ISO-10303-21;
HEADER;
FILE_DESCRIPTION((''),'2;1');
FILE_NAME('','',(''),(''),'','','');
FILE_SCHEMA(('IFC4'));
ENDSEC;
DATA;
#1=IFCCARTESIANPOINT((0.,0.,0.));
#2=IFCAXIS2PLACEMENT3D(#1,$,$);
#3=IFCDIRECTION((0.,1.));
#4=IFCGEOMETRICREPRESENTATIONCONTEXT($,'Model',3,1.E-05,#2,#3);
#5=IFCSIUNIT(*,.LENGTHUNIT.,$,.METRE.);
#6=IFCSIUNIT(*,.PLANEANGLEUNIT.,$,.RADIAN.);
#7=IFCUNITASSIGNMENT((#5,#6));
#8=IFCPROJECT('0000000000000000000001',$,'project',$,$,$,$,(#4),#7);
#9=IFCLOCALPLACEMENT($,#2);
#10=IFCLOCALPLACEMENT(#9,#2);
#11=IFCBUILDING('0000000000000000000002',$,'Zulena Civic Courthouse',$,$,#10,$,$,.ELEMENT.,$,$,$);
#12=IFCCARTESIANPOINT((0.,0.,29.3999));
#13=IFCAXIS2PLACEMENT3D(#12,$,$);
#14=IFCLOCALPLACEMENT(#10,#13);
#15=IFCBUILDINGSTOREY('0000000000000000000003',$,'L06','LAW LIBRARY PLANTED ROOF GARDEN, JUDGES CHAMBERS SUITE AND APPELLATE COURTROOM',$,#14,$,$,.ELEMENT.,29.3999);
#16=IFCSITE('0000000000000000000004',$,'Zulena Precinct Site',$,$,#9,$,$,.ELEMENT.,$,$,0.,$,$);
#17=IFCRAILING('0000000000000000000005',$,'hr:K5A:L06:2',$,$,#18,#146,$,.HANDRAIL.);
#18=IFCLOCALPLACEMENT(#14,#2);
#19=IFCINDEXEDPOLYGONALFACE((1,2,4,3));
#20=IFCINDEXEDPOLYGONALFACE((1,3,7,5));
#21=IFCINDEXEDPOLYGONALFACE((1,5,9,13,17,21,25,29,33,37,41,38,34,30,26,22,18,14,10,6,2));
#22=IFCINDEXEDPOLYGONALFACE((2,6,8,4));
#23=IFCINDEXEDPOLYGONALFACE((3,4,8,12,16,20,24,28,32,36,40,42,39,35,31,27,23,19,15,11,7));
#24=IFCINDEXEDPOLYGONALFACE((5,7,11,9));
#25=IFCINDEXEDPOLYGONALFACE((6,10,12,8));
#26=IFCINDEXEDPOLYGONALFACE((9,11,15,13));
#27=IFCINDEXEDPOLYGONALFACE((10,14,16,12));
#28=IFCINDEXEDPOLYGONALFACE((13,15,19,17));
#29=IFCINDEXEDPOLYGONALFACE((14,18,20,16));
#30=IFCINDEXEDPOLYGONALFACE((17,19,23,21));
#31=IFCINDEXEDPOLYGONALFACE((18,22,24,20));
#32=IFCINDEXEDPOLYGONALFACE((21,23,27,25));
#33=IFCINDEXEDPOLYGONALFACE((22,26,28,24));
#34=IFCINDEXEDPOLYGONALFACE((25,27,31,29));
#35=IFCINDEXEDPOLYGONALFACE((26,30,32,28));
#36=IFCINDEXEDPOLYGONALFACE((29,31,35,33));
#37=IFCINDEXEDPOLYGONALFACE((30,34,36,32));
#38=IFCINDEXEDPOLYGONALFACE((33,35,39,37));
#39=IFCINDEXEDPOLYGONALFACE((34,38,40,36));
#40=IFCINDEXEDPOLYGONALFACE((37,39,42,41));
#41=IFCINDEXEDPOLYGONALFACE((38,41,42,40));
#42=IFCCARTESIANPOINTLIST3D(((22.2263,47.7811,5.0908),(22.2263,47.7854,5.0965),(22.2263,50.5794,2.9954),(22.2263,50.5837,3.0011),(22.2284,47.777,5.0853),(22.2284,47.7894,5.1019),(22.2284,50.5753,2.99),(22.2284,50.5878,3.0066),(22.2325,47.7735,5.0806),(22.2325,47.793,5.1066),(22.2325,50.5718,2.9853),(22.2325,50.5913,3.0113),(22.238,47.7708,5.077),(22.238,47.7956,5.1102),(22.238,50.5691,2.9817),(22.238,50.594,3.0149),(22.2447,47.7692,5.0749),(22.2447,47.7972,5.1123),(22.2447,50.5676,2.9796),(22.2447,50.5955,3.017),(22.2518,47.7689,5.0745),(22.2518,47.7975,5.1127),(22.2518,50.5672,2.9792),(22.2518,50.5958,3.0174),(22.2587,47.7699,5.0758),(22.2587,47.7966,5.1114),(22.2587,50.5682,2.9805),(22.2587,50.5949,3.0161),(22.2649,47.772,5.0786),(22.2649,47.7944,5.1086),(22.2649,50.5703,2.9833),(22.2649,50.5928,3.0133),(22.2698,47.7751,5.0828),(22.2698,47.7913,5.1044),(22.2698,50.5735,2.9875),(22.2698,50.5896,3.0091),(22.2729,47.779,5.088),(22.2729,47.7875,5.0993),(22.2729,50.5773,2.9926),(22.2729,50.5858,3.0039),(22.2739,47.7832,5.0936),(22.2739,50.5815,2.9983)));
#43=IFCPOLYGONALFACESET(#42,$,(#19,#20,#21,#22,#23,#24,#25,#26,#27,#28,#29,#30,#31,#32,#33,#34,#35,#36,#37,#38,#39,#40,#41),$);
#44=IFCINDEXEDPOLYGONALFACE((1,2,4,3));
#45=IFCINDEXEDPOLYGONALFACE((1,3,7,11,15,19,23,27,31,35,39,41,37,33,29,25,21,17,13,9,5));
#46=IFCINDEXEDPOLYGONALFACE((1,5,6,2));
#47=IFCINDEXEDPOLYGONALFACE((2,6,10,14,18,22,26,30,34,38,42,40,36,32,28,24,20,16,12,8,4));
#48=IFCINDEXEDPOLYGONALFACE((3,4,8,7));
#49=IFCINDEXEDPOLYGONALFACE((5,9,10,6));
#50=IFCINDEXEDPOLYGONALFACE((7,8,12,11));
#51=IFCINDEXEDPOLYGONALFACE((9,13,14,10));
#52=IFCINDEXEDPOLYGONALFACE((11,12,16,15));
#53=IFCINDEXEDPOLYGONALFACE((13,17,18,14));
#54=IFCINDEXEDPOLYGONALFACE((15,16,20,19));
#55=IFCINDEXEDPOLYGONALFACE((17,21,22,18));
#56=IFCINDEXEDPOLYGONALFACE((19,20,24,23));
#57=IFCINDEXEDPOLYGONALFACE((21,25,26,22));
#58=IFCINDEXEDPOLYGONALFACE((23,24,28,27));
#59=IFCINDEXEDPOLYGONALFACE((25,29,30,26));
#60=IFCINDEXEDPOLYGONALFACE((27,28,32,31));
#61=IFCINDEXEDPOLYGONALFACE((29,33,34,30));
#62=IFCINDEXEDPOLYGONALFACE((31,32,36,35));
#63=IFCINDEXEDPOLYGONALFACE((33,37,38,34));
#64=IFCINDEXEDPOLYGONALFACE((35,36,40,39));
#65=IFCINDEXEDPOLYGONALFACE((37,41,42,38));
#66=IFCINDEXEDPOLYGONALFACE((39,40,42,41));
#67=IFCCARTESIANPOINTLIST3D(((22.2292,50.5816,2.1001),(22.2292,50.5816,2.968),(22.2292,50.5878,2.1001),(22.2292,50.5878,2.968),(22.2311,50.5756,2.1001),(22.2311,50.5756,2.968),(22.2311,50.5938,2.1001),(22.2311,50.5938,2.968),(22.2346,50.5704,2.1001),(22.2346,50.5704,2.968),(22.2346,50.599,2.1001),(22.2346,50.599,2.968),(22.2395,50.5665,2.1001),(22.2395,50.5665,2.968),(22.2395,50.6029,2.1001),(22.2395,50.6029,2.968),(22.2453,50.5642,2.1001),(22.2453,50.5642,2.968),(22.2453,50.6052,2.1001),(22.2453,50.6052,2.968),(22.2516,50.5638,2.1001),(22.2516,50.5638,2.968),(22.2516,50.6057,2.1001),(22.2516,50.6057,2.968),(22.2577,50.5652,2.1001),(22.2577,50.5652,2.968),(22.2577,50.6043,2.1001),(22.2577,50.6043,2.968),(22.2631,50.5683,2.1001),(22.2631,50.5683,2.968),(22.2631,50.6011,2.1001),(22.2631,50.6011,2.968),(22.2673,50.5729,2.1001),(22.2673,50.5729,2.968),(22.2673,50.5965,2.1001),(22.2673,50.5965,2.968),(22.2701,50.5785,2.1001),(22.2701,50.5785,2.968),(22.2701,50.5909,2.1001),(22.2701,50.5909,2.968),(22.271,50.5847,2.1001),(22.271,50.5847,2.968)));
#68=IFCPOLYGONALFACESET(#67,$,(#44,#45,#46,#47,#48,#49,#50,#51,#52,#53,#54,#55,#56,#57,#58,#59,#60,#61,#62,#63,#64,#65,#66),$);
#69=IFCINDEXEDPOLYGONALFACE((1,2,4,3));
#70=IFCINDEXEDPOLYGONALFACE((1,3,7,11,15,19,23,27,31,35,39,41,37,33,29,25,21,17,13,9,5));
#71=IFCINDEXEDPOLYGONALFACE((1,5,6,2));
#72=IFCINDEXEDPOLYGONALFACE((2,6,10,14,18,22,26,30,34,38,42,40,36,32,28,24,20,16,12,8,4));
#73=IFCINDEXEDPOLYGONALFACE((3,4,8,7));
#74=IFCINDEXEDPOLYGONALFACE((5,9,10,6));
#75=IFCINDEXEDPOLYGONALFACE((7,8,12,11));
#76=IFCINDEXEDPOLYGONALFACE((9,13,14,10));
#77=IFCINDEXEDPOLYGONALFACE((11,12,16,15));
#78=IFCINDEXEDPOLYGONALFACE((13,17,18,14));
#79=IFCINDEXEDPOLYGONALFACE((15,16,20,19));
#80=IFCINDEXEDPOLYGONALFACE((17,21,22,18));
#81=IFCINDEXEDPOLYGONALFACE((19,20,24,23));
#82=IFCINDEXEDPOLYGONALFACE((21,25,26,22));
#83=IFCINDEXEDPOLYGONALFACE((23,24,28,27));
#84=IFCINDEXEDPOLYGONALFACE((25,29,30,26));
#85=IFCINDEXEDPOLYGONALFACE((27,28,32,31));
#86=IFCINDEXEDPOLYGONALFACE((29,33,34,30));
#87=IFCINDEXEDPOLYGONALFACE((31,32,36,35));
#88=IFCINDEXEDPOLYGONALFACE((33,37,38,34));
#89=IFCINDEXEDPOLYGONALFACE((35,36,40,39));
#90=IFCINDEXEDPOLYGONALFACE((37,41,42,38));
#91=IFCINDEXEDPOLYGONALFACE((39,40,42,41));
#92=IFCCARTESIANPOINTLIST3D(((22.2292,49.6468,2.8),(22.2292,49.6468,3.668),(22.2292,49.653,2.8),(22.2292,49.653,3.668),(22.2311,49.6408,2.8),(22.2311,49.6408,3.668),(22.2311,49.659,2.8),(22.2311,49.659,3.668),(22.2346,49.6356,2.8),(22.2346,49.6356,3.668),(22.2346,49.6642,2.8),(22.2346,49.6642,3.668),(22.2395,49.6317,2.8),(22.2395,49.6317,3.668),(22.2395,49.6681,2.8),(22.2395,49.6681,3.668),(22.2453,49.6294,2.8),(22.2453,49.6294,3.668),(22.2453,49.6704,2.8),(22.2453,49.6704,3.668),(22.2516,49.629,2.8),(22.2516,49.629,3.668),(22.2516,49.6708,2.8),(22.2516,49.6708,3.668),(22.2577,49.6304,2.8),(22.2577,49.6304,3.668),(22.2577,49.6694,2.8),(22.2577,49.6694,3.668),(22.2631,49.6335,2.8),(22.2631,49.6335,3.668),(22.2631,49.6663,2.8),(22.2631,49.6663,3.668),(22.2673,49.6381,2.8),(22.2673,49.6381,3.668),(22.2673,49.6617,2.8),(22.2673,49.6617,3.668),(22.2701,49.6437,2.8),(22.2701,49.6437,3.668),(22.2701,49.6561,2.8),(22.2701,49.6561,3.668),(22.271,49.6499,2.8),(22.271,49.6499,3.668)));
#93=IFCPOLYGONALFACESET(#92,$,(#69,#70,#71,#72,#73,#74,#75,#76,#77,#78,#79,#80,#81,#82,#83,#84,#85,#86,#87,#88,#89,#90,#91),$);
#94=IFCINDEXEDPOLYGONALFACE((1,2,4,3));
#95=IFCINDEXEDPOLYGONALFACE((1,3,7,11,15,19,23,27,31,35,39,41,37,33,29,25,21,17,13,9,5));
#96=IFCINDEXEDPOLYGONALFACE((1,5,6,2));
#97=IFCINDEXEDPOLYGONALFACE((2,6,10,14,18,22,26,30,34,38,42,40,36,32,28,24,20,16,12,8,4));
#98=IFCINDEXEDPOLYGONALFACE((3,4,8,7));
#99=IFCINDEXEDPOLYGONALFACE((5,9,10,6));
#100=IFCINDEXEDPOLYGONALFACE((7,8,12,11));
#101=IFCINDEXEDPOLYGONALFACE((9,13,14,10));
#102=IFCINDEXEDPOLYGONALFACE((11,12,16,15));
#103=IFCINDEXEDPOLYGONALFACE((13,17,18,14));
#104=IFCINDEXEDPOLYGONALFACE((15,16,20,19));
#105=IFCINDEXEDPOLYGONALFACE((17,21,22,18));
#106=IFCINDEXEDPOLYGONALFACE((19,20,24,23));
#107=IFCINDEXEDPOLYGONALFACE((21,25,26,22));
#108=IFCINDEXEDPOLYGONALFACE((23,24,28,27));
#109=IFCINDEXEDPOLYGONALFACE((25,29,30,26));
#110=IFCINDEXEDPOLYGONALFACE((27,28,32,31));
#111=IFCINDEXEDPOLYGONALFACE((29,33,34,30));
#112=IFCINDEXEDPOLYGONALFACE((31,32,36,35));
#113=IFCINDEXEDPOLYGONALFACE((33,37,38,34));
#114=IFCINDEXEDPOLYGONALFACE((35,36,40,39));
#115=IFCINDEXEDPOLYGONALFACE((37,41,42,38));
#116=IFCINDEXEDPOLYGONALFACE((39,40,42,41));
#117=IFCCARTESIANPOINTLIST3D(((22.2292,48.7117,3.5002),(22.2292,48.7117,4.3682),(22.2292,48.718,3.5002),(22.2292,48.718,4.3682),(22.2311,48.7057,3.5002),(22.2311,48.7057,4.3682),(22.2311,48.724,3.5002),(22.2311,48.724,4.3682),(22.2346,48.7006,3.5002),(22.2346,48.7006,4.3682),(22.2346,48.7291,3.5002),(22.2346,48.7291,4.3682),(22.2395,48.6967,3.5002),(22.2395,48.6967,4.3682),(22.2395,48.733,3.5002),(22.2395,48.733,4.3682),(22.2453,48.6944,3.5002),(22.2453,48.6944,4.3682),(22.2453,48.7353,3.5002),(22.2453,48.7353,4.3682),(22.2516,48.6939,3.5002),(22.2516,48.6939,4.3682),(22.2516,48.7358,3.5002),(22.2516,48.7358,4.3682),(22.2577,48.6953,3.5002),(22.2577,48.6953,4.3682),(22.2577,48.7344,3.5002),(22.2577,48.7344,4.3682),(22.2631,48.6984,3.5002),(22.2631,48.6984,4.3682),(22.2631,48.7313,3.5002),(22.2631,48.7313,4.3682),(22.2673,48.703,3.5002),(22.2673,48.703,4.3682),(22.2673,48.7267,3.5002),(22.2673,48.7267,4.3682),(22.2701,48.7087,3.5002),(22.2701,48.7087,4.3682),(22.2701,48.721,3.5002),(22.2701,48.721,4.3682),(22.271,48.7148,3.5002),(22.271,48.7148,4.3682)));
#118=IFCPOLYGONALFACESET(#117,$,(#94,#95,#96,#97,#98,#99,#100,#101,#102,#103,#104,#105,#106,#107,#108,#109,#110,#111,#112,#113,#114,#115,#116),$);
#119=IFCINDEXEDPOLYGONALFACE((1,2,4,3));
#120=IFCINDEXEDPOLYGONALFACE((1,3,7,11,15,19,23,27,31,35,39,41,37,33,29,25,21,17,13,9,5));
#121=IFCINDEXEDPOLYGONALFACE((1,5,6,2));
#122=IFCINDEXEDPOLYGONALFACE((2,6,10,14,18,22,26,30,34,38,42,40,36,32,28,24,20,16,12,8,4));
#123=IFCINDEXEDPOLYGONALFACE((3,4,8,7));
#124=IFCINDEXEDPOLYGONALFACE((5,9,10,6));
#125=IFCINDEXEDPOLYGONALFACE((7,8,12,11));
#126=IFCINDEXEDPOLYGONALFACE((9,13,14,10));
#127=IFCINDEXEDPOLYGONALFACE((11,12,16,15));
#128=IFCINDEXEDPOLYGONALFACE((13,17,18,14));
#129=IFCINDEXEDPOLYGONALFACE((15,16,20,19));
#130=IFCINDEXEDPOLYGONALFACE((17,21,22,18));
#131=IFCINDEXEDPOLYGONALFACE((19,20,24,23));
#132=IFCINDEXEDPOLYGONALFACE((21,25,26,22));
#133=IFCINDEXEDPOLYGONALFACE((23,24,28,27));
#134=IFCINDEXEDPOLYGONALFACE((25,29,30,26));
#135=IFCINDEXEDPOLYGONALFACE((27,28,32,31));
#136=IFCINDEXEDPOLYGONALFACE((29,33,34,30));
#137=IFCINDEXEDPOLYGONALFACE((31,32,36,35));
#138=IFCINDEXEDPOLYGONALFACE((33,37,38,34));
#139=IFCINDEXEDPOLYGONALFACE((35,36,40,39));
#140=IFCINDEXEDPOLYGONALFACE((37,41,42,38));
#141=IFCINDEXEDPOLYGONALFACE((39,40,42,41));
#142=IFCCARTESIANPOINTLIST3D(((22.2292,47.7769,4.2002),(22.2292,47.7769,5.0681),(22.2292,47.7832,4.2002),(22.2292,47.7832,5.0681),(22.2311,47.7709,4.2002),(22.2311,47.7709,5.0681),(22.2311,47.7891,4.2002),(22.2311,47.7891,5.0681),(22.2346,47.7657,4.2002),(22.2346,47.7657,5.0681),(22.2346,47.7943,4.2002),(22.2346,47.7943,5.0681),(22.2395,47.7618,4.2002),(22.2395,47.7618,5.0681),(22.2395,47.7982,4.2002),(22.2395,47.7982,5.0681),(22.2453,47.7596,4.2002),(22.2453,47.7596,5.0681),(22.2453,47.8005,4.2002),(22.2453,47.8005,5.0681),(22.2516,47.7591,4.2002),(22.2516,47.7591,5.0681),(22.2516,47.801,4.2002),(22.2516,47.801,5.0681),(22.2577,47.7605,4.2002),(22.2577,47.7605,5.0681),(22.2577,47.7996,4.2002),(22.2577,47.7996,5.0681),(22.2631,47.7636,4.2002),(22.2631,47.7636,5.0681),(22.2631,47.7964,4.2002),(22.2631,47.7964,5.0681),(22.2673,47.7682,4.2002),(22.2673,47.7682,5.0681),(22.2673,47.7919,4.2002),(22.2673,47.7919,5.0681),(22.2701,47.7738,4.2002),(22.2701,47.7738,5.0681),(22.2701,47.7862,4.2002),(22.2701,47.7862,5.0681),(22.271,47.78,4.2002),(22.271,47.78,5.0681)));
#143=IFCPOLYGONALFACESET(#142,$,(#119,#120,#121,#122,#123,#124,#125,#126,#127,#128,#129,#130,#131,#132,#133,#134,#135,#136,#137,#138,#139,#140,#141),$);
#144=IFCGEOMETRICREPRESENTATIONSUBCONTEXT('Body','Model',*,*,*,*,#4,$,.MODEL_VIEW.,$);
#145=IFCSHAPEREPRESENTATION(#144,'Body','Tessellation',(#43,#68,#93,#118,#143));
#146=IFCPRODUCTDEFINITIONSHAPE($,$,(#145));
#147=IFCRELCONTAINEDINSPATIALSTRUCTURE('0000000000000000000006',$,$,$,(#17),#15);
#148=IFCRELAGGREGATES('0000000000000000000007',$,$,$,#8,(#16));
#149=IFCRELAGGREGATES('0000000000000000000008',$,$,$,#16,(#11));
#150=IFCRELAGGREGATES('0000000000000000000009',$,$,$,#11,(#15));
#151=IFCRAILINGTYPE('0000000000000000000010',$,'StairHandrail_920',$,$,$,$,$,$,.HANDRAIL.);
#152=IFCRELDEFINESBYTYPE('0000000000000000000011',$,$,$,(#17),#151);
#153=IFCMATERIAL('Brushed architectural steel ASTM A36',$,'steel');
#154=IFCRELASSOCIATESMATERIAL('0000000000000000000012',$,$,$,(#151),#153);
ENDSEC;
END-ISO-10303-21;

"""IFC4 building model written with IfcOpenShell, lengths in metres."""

from ifc_helpers import new_model, si_unit, direction, frame, origin, origin_2d, place, context, subcontext, project, spatial, circle, extrude, material, type_object, element, save


model = new_model("IFC4")

# Units and contexts
model_context = context("Model", 3, precision=1e-05, world=origin(), true_north=direction((0.0, 1.0)))
body_context = subcontext(model_context, "Body", "Model", "MODEL_VIEW")
ifc_project = project(units=[si_unit("LENGTHUNIT", "METRE"), si_unit("PLANEANGLEUNIT", "RADIAN")], contexts=[model_context])

# Site, building, storey
site_placement = place(None, origin())
site = spatial("IfcSite", under=ifc_project, at=site_placement, Name="Zulena Precinct Site", CompositionType="ELEMENT", RefElevation=0.0)
building_placement = place(site_placement, origin())
building = spatial("IfcBuilding", under=site, at=building_placement, Name="Zulena Civic Courthouse", CompositionType="ELEMENT")
storey_placement = place(building_placement, frame((0.0, 0.0, 29.3999)))
storey = spatial("IfcBuildingStorey", under=building, at=storey_placement, Name="L06", Description="LAW LIBRARY PLANTED ROOF GARDEN, JUDGES CHAMBERS SUITE AND APPELLATE COURTROOM", CompositionType="ELEMENT", Elevation=29.3999)

# Shared definitions
ifc_material_1 = material(Name="Brushed architectural steel ASTM A36", Category="steel")

# Railing
railing_type_1 = type_object("IfcRailingType", Name="StairHandrail_920", PredefinedType="HANDRAIL", material=ifc_material_1)
railing_1_placement = place(storey_placement, frame((22.25, 50.5847, 2.1001)))
element("IfcRailing", 1, at=railing_1_placement, inside=storey, type_object=railing_type_1, Name="hr:K5A:L06:2", PredefinedType="HANDRAIL", context=body_context, shape_type="SweptSolid", body=[
    extrude(circle(Radius=0.0239, at=origin_2d()), frame((0.0, -0.0032, 0.8982), z_axis=(0.0, -0.800468, 0.599375), x_axis=(1.0, 0.0, 0.0)), (0.0, 0.0, 1.0), 3.4958),
    extrude(circle(Radius=0.021, at=origin_2d()), origin(), (0.0, 0.0, 1.0), 0.8679),
    extrude(circle(Radius=0.021, at=origin_2d()), frame((0.0, -0.9348, 0.7)), (0.0, 0.0, 1.0), 0.8679),
    extrude(circle(Radius=0.021, at=origin_2d()), frame((0.0, -1.8699, 1.4001)), (0.0, 0.0, 1.0), 0.8679),
    extrude(circle(Radius=0.021, at=origin_2d()), frame((0.0, -2.8047, 2.1001)), (0.0, 0.0, 1.0), 0.8679),
])

save(model, "model.ifc")
